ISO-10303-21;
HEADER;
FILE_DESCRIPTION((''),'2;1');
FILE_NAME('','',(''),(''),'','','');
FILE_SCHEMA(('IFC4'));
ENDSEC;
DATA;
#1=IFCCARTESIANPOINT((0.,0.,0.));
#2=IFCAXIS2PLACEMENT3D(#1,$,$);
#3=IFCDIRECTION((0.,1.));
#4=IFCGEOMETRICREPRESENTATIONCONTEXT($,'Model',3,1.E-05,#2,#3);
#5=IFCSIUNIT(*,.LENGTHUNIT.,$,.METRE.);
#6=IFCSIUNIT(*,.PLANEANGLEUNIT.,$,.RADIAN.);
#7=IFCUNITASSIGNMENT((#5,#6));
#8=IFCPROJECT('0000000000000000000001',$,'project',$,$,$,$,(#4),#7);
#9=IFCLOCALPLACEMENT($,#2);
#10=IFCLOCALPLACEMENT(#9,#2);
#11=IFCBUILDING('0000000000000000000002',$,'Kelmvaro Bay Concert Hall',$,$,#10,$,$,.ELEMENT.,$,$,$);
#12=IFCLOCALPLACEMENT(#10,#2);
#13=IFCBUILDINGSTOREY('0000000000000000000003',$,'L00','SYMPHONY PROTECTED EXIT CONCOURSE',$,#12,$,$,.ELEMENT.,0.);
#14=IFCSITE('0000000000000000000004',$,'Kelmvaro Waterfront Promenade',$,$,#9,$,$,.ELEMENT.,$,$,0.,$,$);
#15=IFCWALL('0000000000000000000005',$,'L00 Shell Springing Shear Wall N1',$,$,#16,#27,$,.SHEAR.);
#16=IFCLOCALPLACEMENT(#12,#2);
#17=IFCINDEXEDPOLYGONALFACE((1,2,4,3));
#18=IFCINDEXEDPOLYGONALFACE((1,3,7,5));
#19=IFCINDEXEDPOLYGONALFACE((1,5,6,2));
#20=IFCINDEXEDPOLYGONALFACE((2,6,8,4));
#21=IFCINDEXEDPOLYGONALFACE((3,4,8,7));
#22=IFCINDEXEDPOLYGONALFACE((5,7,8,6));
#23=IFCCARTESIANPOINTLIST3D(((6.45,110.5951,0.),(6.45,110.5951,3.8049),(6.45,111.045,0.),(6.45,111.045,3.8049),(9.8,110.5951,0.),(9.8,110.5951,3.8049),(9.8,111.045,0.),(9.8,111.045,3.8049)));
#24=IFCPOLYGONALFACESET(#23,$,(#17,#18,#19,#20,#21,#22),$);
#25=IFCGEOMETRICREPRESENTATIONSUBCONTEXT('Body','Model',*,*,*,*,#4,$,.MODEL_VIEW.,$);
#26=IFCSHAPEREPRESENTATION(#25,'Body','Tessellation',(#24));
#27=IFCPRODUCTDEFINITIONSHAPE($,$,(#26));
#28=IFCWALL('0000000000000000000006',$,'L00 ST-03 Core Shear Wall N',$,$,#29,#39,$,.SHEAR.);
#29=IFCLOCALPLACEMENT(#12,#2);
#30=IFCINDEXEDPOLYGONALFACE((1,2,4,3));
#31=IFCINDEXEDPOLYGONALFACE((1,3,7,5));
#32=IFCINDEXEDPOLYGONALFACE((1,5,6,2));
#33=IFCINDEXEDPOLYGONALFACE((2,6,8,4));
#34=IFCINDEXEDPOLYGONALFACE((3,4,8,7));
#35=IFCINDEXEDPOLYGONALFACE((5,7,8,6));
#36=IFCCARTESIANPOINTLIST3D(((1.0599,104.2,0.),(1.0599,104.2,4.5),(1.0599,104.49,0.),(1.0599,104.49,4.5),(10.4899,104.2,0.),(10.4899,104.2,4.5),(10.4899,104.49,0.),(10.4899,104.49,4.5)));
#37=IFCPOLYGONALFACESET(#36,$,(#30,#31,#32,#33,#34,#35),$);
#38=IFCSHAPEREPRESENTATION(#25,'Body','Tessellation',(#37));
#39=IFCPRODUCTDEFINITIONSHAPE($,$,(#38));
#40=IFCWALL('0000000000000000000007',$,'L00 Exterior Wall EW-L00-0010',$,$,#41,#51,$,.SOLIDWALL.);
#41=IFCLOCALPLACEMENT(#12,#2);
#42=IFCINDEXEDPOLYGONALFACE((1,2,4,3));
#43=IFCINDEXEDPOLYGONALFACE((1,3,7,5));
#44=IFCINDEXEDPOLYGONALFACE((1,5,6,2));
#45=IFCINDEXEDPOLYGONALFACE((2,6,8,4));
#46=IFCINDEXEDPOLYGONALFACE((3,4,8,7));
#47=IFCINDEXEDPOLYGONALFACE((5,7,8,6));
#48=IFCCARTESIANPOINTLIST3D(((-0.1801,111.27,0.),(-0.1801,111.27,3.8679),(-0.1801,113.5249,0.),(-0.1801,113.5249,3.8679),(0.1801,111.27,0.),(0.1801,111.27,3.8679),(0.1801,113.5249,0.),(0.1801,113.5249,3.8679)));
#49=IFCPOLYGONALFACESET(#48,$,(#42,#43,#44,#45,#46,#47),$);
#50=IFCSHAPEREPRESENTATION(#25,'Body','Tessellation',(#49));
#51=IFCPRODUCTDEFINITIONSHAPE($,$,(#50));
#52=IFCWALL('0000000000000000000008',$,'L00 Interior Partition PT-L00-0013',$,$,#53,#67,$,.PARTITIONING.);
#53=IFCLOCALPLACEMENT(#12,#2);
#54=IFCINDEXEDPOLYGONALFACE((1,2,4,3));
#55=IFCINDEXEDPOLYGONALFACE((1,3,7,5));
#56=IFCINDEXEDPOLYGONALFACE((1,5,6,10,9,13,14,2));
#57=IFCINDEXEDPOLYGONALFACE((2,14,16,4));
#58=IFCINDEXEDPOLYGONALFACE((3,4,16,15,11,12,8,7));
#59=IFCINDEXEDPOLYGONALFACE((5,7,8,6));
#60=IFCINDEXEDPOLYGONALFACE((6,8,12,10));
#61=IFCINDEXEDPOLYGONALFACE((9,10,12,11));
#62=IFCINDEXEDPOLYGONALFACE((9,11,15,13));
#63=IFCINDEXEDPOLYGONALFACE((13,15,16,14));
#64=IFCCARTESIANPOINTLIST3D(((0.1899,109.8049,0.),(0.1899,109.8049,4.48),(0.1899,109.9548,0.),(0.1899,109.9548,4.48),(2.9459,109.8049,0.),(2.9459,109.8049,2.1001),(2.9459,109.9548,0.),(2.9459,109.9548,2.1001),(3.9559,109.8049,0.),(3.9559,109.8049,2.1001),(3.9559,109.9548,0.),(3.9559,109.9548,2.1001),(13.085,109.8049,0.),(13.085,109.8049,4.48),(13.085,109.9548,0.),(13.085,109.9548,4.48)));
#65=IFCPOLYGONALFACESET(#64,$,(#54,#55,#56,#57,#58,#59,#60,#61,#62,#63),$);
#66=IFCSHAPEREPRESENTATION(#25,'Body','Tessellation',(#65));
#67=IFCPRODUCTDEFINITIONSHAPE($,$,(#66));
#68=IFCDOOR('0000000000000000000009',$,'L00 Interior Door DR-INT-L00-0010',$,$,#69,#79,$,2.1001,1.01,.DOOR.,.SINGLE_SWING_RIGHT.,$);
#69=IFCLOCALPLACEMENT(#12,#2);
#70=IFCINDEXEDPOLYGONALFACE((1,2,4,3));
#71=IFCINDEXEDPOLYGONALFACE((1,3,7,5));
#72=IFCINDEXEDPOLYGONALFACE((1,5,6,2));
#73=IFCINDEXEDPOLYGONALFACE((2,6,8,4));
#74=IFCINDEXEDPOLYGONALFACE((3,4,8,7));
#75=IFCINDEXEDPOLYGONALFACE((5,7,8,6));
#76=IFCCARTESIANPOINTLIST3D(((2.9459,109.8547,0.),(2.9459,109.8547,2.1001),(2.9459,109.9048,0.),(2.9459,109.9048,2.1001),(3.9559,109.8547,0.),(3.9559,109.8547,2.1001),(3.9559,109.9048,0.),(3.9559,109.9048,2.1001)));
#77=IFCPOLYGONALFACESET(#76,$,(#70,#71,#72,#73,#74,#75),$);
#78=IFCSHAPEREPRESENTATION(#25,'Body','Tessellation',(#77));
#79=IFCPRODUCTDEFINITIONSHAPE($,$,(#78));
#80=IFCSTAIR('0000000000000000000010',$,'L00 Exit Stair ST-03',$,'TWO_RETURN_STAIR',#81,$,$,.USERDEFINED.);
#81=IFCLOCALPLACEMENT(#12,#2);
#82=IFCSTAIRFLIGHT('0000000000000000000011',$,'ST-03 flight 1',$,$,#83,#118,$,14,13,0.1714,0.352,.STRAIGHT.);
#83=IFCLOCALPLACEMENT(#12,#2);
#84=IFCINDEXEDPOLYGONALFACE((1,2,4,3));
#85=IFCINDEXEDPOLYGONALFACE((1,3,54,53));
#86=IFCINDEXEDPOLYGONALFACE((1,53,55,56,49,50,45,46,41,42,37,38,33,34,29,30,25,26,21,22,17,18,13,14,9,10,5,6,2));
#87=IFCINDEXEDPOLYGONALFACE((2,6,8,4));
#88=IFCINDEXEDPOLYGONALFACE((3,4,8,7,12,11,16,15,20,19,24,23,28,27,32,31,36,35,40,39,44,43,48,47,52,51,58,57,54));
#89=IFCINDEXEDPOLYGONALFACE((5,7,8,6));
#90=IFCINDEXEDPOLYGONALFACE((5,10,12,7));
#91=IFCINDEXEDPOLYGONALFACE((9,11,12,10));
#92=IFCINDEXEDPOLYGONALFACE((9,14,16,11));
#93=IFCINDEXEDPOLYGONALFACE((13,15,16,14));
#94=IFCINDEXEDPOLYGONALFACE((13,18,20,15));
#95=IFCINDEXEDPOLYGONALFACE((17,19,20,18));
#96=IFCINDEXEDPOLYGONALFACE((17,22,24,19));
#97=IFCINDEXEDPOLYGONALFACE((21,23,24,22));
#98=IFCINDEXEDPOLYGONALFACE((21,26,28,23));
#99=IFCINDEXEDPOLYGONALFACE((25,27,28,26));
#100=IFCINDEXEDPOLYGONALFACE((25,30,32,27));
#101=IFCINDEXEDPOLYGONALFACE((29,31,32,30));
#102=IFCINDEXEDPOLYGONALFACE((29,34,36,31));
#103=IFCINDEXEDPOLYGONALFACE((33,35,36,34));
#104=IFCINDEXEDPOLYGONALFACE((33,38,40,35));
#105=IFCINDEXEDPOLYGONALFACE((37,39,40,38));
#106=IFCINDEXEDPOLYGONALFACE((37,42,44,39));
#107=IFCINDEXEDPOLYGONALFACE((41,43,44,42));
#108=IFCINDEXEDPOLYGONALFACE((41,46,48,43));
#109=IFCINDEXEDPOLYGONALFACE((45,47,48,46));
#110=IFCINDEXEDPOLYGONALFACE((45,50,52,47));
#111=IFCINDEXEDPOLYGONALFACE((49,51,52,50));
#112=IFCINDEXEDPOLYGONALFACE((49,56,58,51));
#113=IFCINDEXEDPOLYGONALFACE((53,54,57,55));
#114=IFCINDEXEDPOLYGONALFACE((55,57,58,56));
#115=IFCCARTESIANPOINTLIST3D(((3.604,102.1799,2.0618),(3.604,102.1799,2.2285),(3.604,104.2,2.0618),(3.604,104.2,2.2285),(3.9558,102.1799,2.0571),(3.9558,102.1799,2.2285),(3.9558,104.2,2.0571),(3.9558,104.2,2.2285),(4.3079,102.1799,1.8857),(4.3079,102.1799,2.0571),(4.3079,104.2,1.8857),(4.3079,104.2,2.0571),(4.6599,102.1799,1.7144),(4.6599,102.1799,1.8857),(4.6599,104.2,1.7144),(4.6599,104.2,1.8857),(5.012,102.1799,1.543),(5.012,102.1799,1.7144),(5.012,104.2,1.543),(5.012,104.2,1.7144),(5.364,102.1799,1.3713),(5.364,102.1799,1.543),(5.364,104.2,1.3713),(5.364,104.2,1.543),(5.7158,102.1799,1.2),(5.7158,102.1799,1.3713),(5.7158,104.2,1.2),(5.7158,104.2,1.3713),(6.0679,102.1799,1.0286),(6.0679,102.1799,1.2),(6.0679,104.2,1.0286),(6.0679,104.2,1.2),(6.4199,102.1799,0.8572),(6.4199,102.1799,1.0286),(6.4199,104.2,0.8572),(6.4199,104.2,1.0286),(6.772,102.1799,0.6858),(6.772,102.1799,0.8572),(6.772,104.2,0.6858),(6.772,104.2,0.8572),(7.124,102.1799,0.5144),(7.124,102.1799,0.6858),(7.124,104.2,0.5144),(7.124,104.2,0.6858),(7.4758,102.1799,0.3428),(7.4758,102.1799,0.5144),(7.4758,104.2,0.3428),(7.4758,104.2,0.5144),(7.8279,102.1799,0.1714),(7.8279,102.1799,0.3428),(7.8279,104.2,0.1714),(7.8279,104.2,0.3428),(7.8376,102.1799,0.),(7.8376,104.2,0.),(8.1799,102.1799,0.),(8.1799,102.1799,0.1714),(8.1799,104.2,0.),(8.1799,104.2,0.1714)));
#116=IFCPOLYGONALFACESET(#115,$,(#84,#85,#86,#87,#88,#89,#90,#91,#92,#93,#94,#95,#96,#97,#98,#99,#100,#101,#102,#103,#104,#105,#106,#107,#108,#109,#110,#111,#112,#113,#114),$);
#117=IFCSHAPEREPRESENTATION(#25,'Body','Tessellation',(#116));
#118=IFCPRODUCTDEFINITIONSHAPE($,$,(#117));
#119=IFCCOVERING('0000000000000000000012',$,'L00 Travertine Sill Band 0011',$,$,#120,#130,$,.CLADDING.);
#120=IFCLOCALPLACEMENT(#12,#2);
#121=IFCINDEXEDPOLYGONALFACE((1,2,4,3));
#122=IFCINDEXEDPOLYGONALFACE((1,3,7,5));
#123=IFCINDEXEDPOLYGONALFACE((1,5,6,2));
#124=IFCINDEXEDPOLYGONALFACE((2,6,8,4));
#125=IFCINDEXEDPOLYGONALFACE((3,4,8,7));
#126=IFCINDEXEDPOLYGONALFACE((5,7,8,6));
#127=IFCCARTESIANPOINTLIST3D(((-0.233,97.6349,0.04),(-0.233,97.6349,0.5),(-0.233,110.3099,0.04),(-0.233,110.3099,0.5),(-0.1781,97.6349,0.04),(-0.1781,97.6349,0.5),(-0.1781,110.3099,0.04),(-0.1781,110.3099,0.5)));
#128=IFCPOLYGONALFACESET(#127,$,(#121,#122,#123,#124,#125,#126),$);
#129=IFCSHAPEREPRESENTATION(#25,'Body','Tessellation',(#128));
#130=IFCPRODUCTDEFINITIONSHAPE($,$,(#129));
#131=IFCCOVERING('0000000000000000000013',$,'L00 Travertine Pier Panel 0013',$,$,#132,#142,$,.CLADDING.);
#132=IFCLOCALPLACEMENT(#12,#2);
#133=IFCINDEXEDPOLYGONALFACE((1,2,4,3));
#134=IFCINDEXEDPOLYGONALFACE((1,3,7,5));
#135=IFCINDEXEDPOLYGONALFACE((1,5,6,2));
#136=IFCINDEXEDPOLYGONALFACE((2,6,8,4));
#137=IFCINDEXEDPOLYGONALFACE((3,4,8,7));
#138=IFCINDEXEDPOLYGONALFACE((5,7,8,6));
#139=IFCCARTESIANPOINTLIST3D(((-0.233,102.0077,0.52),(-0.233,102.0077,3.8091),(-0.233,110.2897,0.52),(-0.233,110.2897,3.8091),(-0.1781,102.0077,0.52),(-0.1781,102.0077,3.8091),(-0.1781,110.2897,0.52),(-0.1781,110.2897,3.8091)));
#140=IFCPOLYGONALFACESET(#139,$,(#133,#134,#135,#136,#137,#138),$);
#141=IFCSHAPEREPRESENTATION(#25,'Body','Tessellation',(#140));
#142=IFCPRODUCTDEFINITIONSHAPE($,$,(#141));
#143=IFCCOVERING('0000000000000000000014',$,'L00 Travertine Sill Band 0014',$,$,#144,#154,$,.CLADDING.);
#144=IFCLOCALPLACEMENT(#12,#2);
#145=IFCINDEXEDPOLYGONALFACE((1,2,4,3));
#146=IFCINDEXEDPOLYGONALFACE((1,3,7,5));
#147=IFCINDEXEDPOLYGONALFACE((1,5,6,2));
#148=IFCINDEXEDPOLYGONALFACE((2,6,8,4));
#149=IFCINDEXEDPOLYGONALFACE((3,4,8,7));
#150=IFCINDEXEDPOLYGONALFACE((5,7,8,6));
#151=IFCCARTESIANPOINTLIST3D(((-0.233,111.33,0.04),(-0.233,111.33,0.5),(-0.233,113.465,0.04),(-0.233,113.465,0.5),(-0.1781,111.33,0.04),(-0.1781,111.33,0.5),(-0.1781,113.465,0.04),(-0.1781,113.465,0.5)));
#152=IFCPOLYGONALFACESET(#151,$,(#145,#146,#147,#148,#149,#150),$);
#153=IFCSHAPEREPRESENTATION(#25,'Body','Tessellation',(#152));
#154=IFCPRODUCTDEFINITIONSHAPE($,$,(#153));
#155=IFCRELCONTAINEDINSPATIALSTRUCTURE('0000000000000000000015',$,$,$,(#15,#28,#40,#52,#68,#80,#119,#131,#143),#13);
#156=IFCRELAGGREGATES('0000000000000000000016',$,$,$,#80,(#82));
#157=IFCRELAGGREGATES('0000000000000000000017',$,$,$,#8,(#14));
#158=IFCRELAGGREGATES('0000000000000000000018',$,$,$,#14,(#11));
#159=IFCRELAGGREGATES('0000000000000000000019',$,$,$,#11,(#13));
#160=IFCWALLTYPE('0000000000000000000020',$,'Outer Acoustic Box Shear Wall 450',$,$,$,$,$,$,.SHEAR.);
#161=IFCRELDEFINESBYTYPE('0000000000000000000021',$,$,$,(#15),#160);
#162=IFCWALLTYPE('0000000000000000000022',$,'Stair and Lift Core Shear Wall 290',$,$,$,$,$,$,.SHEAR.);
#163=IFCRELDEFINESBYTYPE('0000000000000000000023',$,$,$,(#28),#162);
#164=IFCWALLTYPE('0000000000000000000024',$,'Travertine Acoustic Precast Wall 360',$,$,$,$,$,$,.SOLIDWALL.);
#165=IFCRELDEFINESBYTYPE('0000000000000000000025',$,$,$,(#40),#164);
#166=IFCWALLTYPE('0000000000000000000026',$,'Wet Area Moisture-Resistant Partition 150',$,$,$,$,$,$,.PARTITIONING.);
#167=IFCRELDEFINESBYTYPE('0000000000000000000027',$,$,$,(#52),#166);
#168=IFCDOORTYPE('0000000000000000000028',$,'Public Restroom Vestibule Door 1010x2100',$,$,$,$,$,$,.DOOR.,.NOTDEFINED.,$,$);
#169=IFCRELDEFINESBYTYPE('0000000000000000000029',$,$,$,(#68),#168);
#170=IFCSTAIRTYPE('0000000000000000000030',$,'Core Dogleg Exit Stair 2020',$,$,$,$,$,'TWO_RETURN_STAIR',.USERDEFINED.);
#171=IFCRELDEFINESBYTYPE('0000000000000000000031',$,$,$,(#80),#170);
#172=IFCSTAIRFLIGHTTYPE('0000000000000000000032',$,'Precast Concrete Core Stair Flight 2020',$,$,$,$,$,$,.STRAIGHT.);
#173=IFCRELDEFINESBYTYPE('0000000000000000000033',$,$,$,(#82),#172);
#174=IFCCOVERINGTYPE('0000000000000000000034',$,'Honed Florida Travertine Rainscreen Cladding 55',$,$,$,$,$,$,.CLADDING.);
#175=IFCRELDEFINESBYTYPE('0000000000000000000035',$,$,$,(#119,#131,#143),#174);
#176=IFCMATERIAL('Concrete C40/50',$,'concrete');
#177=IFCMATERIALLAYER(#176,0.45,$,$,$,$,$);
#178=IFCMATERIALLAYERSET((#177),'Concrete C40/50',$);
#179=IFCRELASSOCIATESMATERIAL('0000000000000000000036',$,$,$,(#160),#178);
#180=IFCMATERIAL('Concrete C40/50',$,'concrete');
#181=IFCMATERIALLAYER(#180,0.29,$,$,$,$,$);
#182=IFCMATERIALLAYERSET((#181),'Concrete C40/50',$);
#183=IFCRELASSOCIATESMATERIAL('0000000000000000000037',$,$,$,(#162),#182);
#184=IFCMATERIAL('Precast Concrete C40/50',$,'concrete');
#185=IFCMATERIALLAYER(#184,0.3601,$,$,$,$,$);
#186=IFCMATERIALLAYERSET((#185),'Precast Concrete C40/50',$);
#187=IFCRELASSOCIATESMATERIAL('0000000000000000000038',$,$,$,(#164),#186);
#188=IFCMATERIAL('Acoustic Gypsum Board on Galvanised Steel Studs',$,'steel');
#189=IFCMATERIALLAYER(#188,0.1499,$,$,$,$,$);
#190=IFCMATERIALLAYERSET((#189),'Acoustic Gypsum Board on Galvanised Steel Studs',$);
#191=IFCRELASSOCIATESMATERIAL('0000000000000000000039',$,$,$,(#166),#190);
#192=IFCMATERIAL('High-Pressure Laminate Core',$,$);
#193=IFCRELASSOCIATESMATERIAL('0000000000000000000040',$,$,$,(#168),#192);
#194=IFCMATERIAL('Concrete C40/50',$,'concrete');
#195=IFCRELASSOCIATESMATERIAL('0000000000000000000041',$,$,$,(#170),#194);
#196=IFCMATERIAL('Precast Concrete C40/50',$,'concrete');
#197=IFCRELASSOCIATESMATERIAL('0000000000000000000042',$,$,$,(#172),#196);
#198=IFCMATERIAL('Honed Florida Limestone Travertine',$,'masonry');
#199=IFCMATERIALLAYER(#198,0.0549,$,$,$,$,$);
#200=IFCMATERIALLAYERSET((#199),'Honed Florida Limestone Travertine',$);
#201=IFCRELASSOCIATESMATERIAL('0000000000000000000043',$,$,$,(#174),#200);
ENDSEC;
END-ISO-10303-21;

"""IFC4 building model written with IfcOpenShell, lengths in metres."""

from ifc_helpers import new_model, si_unit, direction, frame, frame_2d, origin, origin_2d, place, context, subcontext, project, spatial, polyline, rectangle, outline, extrude, material, layer, layer_set, type_object, element, fill, aggregate, save


model = new_model("IFC4")

# Units and contexts
model_context = context("Model", 3, precision=1e-05, world=origin(), true_north=direction((0.0, 1.0)))
body_context = subcontext(model_context, "Body", "Model", "MODEL_VIEW")
ifc_project = project(units=[si_unit("LENGTHUNIT", "METRE"), si_unit("PLANEANGLEUNIT", "RADIAN")], contexts=[model_context])

# Site, building, storey
site_placement = place(None, origin())
site = spatial("IfcSite", under=ifc_project, at=site_placement, Name="Kelmvaro Waterfront Promenade", CompositionType="ELEMENT", RefElevation=0.0)
building_placement = place(site_placement, origin())
building = spatial("IfcBuilding", under=site, at=building_placement, Name="Kelmvaro Bay Concert Hall", CompositionType="ELEMENT")
storey_placement = place(building_placement, origin())
storey = spatial("IfcBuildingStorey", under=building, at=storey_placement, Name="L00", Description="SYMPHONY PROTECTED EXIT CONCOURSE", CompositionType="ELEMENT", Elevation=0.0)

# Walls
ifc_material_1 = material(Name="Concrete C40/50", Category="concrete")
ifc_layer_1 = layer(ifc_material_1, 0.45)
ifc_layer_set_1 = layer_set([ifc_layer_1], Name="Concrete C40/50")
wall_type_1 = type_object("IfcWallType", Name="Outer Acoustic Box Shear Wall 450", PredefinedType="SHEAR", material=ifc_layer_set_1)
wall_1_placement = place(storey_placement, frame((6.45, 110.8201, 0.0), z_axis=(0.0, 0.0, 1.0), x_axis=(1.0, 0.0, 0.0)))
element("IfcWall", 1, at=wall_1_placement, inside=storey, type_object=wall_type_1, Name="L00 Shell Springing Shear Wall N1", PredefinedType="SHEAR", context=body_context, shape_type="SweptSolid", body=[
    extrude(rectangle(XDim=3.3501, YDim=0.45, at=frame_2d((1.675, 0.0))), origin(), (0.0, 0.0, 1.0), 3.8049),
])
ifc_material_2 = material(Name="Concrete C40/50", Category="concrete")
ifc_layer_2 = layer(ifc_material_2, 0.29)
ifc_layer_set_2 = layer_set([ifc_layer_2], Name="Concrete C40/50")
wall_type_2 = type_object("IfcWallType", Name="Stair and Lift Core Shear Wall 290", PredefinedType="SHEAR", material=ifc_layer_set_2)
wall_2_placement = place(storey_placement, frame((1.0601, 104.345, 0.0), z_axis=(0.0, 0.0, 1.0), x_axis=(1.0, 0.0, 0.0)))
element("IfcWall", 2, at=wall_2_placement, inside=storey, type_object=wall_type_2, Name="L00 ST-03 Core Shear Wall N", PredefinedType="SHEAR", context=body_context, shape_type="SweptSolid", body=[
    extrude(rectangle(XDim=9.4299, YDim=0.29, at=frame_2d((4.7148, 0.0))), origin(), (0.0, 0.0, 1.0), 4.5),
])
ifc_material_3 = material(Name="Precast Concrete C40/50", Category="concrete")
ifc_layer_3 = layer(ifc_material_3, 0.3601)
ifc_layer_set_3 = layer_set([ifc_layer_3], Name="Precast Concrete C40/50")
wall_type_3 = type_object("IfcWallType", Name="Travertine Acoustic Precast Wall 360", PredefinedType="SOLIDWALL", material=ifc_layer_set_3)
wall_3_placement = place(storey_placement, frame((0.0, 111.27, 0.0), z_axis=(0.0, 0.0, 1.0), x_axis=(0.0, 1.0, 0.0)))
element("IfcWall", 3, at=wall_3_placement, inside=storey, type_object=wall_type_3, Name="L00 Exterior Wall EW-L00-0010", PredefinedType="SOLIDWALL", context=body_context, shape_type="SweptSolid", body=[
    extrude(rectangle(XDim=2.2549, YDim=0.3601, at=frame_2d((1.1274, 0.0))), origin(), (0.0, 0.0, 1.0), 3.8679),
])

# Wall, opening, door
ifc_material_4 = material(Name="Acoustic Gypsum Board on Galvanised Steel Studs", Category="steel")
ifc_layer_4 = layer(ifc_material_4, 0.1499)
ifc_layer_set_4 = layer_set([ifc_layer_4], Name="Acoustic Gypsum Board on Galvanised Steel Studs")
wall_type_4 = type_object("IfcWallType", Name="Wet Area Moisture-Resistant Partition 150", PredefinedType="PARTITIONING", material=ifc_layer_set_4)
wall_4_placement = place(storey_placement, frame((0.1899, 109.8799, 0.0), z_axis=(0.0, 0.0, 1.0), x_axis=(1.0, 0.0, 0.0)))
wall_4 = element("IfcWall", 4, at=wall_4_placement, inside=storey, type_object=wall_type_4, Name="L00 Interior Partition PT-L00-0013", PredefinedType="PARTITIONING", context=body_context, shape_type="SweptSolid", body=[
    extrude(rectangle(XDim=12.895, YDim=0.1499, at=frame_2d((6.4475, 0.0))), origin(), (0.0, 0.0, 1.0), 4.48),
])
opening_1_placement = place(wall_4_placement, frame((2.7561, 0.0, 0.0)))
opening_1 = element("IfcOpeningElement", 5, at=opening_1_placement, cuts=wall_4, PredefinedType="OPENING", context=body_context, shape_type="SweptSolid", body=[
    extrude(rectangle(XDim=1.01, YDim=2.1001, at=frame_2d((0.5049, 1.05))), frame((0.0, 0.085, 0.0), z_axis=(0.0, -1.0, 0.0), x_axis=(1.0, 0.0, 0.0)), (0.0, 0.0, 1.0), 0.1699),
])
ifc_material_5 = material(Name="High-Pressure Laminate Core")
door_type_1 = type_object("IfcDoorType", Name="Public Restroom Vestibule Door 1010x2100", OperationType="NOTDEFINED", PredefinedType="DOOR", material=ifc_material_5)
door_1_placement = place(opening_1_placement, origin())
door_1 = element("IfcDoor", 6, at=door_1_placement, inside=storey, type_object=door_type_1, Name="L00 Interior Door DR-INT-L00-0010", OperationType="SINGLE_SWING_RIGHT", OverallHeight=2.1001, OverallWidth=1.01, PredefinedType="DOOR", context=body_context, shape_type="SweptSolid", body=[
    extrude(rectangle(XDim=1.01, YDim=2.1001, at=frame_2d((0.5049, 1.05))), frame((0.0, 0.0249, 0.0), z_axis=(0.0, -1.0, 0.0), x_axis=(1.0, 0.0, 0.0)), (0.0, 0.0, 1.0), 0.05),
])
fill(opening_1, door_1)

# Stair, stair flight
ifc_material_6 = material(Name="Concrete C40/50", Category="concrete")
stair_type = type_object("IfcStairType", Name="Core Dogleg Exit Stair 2020", ElementType="TWO_RETURN_STAIR", PredefinedType="USERDEFINED", material=ifc_material_6)
stair_placement = place(storey_placement, origin())
stair = element("IfcStair", 7, at=stair_placement, inside=storey, type_object=stair_type, Name="L00 Exit Stair ST-03", ObjectType="TWO_RETURN_STAIR", PredefinedType="USERDEFINED")
ifc_material_7 = material(Name="Precast Concrete C40/50", Category="concrete")
stair_flight_type = type_object("IfcStairFlightType", Name="Precast Concrete Core Stair Flight 2020", PredefinedType="STRAIGHT", material=ifc_material_7)
stair_flight_placement = place(storey_placement, frame((8.1799, 103.1899, 0.0), z_axis=(0.0, 0.0, 1.0), x_axis=(-1.0, 0.0, 0.0)))
stair_flight = element("IfcStairFlight", 8, at=stair_flight_placement, type_object=stair_flight_type, Name="ST-03 flight 1", NumberOfRisers=14, NumberOfTreads=13, PredefinedType="STRAIGHT", RiserHeight=0.1714, TreadLength=0.352, context=body_context, shape_type="SweptSolid", body=[
    extrude(outline(polyline([(0.0, 0.0), (0.0, 0.1714), (0.3521, 0.1714), (0.3521, 0.3428), (0.7041, 0.3428), (0.7041, 0.5144), (1.0559, 0.5144), (1.0559, 0.6858), (1.408, 0.6858), (1.408, 0.8572), (1.76, 0.8572), (1.76, 1.0286), (2.1121, 1.0286), (2.1121, 1.2), (2.4641, 1.2), (2.4641, 1.3713), (2.8159, 1.3713), (2.8159, 1.543), (3.168, 1.543), (3.168, 1.7144), (3.52, 1.7144), (3.52, 1.8857), (3.8721, 1.8857), (3.8721, 2.0571), (4.2241, 2.0571), (4.2241, 2.2285), (4.5759, 2.2285), (4.5759, 2.3999), (4.5759, 2.0618), (0.3423, 0.0), (0.0, 0.0)])), frame((0.0, 1.01, 0.0), z_axis=(0.0, -1.0, 0.0), x_axis=(1.0, 0.0, 0.0)), (0.0, 0.0, 1.0), 2.02),
])
aggregate(stair, [stair_flight])

# Coverings
ifc_material_8 = material(Name="Honed Florida Limestone Travertine", Category="masonry")
ifc_layer_5 = layer(ifc_material_8, 0.0549)
ifc_layer_set_5 = layer_set([ifc_layer_5], Name="Honed Florida Limestone Travertine")
covering_type = type_object("IfcCoveringType", Name="Honed Florida Travertine Rainscreen Cladding 55", PredefinedType="CLADDING", material=ifc_layer_set_5)
covering_1_placement = place(storey_placement, frame((-0.2056, 103.9724, 0.04), z_axis=(0.0, 0.0, 1.0), x_axis=(0.0, 1.0, 0.0)))
element("IfcCovering", 9, at=covering_1_placement, inside=storey, type_object=covering_type, Name="L00 Travertine Sill Band 0011", PredefinedType="CLADDING", context=body_context, shape_type="SweptSolid", body=[
    extrude(rectangle(XDim=12.675, YDim=0.0549, at=origin_2d()), origin(), (0.0, 0.0, 1.0), 0.46),
])
covering_2_placement = place(storey_placement, frame((-0.2056, 106.1487, 0.52), z_axis=(0.0, 0.0, 1.0), x_axis=(0.0, 1.0, 0.0)))
element("IfcCovering", 10, at=covering_2_placement, inside=storey, type_object=covering_type, Name="L00 Travertine Pier Panel 0013", PredefinedType="CLADDING", context=body_context, shape_type="SweptSolid", body=[
    extrude(rectangle(XDim=8.282, YDim=0.0549, at=origin_2d()), origin(), (0.0, 0.0, 1.0), 3.2891),
])
covering_3_placement = place(storey_placement, frame((-0.2056, 112.3975, 0.04), z_axis=(0.0, 0.0, 1.0), x_axis=(0.0, 1.0, 0.0)))
element("IfcCovering", 11, at=covering_3_placement, inside=storey, type_object=covering_type, Name="L00 Travertine Sill Band 0014", PredefinedType="CLADDING", context=body_context, shape_type="SweptSolid", body=[
    extrude(rectangle(XDim=2.135, YDim=0.0549, at=origin_2d()), origin(), (0.0, 0.0, 1.0), 0.46),
])

save(model, "model.ifc")
